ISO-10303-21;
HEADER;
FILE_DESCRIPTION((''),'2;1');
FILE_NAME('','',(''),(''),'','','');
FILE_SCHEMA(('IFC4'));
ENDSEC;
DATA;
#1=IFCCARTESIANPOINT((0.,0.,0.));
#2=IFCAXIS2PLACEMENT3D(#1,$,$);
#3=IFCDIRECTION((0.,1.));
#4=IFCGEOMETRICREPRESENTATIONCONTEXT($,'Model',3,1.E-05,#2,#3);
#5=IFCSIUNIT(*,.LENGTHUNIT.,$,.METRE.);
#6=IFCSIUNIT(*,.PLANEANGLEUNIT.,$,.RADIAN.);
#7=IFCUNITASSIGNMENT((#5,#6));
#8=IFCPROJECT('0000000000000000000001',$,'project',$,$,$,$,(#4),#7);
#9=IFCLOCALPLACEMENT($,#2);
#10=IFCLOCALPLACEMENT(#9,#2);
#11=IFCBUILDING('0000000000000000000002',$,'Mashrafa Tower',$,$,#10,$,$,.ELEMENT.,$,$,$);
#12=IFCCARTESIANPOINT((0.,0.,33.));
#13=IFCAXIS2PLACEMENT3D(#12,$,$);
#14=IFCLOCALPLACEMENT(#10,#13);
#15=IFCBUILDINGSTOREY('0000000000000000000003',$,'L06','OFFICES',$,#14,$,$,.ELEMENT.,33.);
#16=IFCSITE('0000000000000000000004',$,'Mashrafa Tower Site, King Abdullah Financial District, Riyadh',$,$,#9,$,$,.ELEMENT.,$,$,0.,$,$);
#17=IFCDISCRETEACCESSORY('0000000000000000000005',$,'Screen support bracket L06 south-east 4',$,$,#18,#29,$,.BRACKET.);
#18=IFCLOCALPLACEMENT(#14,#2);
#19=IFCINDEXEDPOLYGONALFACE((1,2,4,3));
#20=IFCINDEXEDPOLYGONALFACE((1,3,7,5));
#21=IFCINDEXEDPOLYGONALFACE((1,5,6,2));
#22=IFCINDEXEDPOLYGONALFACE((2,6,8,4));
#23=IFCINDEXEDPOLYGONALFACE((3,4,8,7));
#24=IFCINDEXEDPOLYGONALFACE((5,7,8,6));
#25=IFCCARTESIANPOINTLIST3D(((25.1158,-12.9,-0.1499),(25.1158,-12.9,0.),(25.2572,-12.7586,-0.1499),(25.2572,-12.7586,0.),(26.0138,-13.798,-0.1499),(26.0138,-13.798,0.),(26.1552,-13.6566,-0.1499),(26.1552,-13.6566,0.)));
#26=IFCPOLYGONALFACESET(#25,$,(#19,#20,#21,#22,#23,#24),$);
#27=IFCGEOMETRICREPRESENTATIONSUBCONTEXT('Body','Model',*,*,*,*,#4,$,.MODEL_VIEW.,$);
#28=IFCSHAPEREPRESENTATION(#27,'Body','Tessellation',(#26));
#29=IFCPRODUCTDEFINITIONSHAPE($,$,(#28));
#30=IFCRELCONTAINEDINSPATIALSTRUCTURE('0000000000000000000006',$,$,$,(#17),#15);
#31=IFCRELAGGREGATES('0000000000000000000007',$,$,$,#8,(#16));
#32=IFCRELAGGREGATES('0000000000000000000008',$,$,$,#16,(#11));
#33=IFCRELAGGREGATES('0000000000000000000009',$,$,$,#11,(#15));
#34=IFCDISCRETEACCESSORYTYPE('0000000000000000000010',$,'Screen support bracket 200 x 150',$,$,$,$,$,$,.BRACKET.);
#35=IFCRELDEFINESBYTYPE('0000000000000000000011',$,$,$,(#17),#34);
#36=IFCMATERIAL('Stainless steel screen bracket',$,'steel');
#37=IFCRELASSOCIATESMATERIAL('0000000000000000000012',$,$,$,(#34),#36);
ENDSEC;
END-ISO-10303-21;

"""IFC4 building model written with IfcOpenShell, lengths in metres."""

from ifc_helpers import new_model, si_unit, direction, frame, origin, origin_2d, place, context, subcontext, project, spatial, rectangle, extrude, source, transform, mapped, material, type_object, type_shapes, element, save


model = new_model("IFC4")

# Units and contexts
model_context = context("Model", 3, precision=1e-05, world=origin(), true_north=direction((0.0, 1.0)))
body_context = subcontext(model_context, "Body", "Model", "MODEL_VIEW")
ifc_project = project(units=[si_unit("LENGTHUNIT", "METRE"), si_unit("PLANEANGLEUNIT", "RADIAN")], contexts=[model_context])

# Site, building, storey
site_placement = place(None, origin())
site = spatial("IfcSite", under=ifc_project, at=site_placement, Name="Mashrafa Tower Site, King Abdullah Financial District, Riyadh", CompositionType="ELEMENT", RefElevation=0.0)
building_placement = place(site_placement, origin())
building = spatial("IfcBuilding", under=site, at=building_placement, Name="Mashrafa Tower", CompositionType="ELEMENT")
storey_placement = place(building_placement, frame((0.0, 0.0, 33.0)))
storey = spatial("IfcBuildingStorey", under=building, at=storey_placement, Name="L06", Description="OFFICES", CompositionType="ELEMENT", Elevation=33.0)

# Discrete accessory
ifc_material_1 = material(Name="Stainless steel screen bracket", Category="steel")
discrete_accessory_type = type_object("IfcDiscreteAccessoryType", Name="Screen support bracket 200 x 150", PredefinedType="BRACKET", material=ifc_material_1)
shared_shape_1 = source(origin(), body_context, "Body", "SweptSolid", [
    extrude(rectangle(XDim=0.2, YDim=1.27, at=origin_2d()), origin(), (0.0, 0.0, 1.0), 0.1499),
])
type_shapes(discrete_accessory_type, [shared_shape_1])
for number, where, z_axis, x_axis, name in (
    (1, (25.6355, -13.2783, -0.1499), (0.0, 0.0, 1.0), (0.707107, 0.707107, 0.0), "Screen support bracket L06 south-east 4"),
):
    element("IfcDiscreteAccessory", number, at=place(storey_placement, frame(where, z_axis=z_axis, x_axis=x_axis)), inside=storey, type_object=discrete_accessory_type, Name=name, PredefinedType="BRACKET", context=body_context, shape_type="MappedRepresentation", body=[
        mapped(shared_shape_1, transform((0.0, 0.0, 0.0))),
    ])

save(model, "model.ifc")
